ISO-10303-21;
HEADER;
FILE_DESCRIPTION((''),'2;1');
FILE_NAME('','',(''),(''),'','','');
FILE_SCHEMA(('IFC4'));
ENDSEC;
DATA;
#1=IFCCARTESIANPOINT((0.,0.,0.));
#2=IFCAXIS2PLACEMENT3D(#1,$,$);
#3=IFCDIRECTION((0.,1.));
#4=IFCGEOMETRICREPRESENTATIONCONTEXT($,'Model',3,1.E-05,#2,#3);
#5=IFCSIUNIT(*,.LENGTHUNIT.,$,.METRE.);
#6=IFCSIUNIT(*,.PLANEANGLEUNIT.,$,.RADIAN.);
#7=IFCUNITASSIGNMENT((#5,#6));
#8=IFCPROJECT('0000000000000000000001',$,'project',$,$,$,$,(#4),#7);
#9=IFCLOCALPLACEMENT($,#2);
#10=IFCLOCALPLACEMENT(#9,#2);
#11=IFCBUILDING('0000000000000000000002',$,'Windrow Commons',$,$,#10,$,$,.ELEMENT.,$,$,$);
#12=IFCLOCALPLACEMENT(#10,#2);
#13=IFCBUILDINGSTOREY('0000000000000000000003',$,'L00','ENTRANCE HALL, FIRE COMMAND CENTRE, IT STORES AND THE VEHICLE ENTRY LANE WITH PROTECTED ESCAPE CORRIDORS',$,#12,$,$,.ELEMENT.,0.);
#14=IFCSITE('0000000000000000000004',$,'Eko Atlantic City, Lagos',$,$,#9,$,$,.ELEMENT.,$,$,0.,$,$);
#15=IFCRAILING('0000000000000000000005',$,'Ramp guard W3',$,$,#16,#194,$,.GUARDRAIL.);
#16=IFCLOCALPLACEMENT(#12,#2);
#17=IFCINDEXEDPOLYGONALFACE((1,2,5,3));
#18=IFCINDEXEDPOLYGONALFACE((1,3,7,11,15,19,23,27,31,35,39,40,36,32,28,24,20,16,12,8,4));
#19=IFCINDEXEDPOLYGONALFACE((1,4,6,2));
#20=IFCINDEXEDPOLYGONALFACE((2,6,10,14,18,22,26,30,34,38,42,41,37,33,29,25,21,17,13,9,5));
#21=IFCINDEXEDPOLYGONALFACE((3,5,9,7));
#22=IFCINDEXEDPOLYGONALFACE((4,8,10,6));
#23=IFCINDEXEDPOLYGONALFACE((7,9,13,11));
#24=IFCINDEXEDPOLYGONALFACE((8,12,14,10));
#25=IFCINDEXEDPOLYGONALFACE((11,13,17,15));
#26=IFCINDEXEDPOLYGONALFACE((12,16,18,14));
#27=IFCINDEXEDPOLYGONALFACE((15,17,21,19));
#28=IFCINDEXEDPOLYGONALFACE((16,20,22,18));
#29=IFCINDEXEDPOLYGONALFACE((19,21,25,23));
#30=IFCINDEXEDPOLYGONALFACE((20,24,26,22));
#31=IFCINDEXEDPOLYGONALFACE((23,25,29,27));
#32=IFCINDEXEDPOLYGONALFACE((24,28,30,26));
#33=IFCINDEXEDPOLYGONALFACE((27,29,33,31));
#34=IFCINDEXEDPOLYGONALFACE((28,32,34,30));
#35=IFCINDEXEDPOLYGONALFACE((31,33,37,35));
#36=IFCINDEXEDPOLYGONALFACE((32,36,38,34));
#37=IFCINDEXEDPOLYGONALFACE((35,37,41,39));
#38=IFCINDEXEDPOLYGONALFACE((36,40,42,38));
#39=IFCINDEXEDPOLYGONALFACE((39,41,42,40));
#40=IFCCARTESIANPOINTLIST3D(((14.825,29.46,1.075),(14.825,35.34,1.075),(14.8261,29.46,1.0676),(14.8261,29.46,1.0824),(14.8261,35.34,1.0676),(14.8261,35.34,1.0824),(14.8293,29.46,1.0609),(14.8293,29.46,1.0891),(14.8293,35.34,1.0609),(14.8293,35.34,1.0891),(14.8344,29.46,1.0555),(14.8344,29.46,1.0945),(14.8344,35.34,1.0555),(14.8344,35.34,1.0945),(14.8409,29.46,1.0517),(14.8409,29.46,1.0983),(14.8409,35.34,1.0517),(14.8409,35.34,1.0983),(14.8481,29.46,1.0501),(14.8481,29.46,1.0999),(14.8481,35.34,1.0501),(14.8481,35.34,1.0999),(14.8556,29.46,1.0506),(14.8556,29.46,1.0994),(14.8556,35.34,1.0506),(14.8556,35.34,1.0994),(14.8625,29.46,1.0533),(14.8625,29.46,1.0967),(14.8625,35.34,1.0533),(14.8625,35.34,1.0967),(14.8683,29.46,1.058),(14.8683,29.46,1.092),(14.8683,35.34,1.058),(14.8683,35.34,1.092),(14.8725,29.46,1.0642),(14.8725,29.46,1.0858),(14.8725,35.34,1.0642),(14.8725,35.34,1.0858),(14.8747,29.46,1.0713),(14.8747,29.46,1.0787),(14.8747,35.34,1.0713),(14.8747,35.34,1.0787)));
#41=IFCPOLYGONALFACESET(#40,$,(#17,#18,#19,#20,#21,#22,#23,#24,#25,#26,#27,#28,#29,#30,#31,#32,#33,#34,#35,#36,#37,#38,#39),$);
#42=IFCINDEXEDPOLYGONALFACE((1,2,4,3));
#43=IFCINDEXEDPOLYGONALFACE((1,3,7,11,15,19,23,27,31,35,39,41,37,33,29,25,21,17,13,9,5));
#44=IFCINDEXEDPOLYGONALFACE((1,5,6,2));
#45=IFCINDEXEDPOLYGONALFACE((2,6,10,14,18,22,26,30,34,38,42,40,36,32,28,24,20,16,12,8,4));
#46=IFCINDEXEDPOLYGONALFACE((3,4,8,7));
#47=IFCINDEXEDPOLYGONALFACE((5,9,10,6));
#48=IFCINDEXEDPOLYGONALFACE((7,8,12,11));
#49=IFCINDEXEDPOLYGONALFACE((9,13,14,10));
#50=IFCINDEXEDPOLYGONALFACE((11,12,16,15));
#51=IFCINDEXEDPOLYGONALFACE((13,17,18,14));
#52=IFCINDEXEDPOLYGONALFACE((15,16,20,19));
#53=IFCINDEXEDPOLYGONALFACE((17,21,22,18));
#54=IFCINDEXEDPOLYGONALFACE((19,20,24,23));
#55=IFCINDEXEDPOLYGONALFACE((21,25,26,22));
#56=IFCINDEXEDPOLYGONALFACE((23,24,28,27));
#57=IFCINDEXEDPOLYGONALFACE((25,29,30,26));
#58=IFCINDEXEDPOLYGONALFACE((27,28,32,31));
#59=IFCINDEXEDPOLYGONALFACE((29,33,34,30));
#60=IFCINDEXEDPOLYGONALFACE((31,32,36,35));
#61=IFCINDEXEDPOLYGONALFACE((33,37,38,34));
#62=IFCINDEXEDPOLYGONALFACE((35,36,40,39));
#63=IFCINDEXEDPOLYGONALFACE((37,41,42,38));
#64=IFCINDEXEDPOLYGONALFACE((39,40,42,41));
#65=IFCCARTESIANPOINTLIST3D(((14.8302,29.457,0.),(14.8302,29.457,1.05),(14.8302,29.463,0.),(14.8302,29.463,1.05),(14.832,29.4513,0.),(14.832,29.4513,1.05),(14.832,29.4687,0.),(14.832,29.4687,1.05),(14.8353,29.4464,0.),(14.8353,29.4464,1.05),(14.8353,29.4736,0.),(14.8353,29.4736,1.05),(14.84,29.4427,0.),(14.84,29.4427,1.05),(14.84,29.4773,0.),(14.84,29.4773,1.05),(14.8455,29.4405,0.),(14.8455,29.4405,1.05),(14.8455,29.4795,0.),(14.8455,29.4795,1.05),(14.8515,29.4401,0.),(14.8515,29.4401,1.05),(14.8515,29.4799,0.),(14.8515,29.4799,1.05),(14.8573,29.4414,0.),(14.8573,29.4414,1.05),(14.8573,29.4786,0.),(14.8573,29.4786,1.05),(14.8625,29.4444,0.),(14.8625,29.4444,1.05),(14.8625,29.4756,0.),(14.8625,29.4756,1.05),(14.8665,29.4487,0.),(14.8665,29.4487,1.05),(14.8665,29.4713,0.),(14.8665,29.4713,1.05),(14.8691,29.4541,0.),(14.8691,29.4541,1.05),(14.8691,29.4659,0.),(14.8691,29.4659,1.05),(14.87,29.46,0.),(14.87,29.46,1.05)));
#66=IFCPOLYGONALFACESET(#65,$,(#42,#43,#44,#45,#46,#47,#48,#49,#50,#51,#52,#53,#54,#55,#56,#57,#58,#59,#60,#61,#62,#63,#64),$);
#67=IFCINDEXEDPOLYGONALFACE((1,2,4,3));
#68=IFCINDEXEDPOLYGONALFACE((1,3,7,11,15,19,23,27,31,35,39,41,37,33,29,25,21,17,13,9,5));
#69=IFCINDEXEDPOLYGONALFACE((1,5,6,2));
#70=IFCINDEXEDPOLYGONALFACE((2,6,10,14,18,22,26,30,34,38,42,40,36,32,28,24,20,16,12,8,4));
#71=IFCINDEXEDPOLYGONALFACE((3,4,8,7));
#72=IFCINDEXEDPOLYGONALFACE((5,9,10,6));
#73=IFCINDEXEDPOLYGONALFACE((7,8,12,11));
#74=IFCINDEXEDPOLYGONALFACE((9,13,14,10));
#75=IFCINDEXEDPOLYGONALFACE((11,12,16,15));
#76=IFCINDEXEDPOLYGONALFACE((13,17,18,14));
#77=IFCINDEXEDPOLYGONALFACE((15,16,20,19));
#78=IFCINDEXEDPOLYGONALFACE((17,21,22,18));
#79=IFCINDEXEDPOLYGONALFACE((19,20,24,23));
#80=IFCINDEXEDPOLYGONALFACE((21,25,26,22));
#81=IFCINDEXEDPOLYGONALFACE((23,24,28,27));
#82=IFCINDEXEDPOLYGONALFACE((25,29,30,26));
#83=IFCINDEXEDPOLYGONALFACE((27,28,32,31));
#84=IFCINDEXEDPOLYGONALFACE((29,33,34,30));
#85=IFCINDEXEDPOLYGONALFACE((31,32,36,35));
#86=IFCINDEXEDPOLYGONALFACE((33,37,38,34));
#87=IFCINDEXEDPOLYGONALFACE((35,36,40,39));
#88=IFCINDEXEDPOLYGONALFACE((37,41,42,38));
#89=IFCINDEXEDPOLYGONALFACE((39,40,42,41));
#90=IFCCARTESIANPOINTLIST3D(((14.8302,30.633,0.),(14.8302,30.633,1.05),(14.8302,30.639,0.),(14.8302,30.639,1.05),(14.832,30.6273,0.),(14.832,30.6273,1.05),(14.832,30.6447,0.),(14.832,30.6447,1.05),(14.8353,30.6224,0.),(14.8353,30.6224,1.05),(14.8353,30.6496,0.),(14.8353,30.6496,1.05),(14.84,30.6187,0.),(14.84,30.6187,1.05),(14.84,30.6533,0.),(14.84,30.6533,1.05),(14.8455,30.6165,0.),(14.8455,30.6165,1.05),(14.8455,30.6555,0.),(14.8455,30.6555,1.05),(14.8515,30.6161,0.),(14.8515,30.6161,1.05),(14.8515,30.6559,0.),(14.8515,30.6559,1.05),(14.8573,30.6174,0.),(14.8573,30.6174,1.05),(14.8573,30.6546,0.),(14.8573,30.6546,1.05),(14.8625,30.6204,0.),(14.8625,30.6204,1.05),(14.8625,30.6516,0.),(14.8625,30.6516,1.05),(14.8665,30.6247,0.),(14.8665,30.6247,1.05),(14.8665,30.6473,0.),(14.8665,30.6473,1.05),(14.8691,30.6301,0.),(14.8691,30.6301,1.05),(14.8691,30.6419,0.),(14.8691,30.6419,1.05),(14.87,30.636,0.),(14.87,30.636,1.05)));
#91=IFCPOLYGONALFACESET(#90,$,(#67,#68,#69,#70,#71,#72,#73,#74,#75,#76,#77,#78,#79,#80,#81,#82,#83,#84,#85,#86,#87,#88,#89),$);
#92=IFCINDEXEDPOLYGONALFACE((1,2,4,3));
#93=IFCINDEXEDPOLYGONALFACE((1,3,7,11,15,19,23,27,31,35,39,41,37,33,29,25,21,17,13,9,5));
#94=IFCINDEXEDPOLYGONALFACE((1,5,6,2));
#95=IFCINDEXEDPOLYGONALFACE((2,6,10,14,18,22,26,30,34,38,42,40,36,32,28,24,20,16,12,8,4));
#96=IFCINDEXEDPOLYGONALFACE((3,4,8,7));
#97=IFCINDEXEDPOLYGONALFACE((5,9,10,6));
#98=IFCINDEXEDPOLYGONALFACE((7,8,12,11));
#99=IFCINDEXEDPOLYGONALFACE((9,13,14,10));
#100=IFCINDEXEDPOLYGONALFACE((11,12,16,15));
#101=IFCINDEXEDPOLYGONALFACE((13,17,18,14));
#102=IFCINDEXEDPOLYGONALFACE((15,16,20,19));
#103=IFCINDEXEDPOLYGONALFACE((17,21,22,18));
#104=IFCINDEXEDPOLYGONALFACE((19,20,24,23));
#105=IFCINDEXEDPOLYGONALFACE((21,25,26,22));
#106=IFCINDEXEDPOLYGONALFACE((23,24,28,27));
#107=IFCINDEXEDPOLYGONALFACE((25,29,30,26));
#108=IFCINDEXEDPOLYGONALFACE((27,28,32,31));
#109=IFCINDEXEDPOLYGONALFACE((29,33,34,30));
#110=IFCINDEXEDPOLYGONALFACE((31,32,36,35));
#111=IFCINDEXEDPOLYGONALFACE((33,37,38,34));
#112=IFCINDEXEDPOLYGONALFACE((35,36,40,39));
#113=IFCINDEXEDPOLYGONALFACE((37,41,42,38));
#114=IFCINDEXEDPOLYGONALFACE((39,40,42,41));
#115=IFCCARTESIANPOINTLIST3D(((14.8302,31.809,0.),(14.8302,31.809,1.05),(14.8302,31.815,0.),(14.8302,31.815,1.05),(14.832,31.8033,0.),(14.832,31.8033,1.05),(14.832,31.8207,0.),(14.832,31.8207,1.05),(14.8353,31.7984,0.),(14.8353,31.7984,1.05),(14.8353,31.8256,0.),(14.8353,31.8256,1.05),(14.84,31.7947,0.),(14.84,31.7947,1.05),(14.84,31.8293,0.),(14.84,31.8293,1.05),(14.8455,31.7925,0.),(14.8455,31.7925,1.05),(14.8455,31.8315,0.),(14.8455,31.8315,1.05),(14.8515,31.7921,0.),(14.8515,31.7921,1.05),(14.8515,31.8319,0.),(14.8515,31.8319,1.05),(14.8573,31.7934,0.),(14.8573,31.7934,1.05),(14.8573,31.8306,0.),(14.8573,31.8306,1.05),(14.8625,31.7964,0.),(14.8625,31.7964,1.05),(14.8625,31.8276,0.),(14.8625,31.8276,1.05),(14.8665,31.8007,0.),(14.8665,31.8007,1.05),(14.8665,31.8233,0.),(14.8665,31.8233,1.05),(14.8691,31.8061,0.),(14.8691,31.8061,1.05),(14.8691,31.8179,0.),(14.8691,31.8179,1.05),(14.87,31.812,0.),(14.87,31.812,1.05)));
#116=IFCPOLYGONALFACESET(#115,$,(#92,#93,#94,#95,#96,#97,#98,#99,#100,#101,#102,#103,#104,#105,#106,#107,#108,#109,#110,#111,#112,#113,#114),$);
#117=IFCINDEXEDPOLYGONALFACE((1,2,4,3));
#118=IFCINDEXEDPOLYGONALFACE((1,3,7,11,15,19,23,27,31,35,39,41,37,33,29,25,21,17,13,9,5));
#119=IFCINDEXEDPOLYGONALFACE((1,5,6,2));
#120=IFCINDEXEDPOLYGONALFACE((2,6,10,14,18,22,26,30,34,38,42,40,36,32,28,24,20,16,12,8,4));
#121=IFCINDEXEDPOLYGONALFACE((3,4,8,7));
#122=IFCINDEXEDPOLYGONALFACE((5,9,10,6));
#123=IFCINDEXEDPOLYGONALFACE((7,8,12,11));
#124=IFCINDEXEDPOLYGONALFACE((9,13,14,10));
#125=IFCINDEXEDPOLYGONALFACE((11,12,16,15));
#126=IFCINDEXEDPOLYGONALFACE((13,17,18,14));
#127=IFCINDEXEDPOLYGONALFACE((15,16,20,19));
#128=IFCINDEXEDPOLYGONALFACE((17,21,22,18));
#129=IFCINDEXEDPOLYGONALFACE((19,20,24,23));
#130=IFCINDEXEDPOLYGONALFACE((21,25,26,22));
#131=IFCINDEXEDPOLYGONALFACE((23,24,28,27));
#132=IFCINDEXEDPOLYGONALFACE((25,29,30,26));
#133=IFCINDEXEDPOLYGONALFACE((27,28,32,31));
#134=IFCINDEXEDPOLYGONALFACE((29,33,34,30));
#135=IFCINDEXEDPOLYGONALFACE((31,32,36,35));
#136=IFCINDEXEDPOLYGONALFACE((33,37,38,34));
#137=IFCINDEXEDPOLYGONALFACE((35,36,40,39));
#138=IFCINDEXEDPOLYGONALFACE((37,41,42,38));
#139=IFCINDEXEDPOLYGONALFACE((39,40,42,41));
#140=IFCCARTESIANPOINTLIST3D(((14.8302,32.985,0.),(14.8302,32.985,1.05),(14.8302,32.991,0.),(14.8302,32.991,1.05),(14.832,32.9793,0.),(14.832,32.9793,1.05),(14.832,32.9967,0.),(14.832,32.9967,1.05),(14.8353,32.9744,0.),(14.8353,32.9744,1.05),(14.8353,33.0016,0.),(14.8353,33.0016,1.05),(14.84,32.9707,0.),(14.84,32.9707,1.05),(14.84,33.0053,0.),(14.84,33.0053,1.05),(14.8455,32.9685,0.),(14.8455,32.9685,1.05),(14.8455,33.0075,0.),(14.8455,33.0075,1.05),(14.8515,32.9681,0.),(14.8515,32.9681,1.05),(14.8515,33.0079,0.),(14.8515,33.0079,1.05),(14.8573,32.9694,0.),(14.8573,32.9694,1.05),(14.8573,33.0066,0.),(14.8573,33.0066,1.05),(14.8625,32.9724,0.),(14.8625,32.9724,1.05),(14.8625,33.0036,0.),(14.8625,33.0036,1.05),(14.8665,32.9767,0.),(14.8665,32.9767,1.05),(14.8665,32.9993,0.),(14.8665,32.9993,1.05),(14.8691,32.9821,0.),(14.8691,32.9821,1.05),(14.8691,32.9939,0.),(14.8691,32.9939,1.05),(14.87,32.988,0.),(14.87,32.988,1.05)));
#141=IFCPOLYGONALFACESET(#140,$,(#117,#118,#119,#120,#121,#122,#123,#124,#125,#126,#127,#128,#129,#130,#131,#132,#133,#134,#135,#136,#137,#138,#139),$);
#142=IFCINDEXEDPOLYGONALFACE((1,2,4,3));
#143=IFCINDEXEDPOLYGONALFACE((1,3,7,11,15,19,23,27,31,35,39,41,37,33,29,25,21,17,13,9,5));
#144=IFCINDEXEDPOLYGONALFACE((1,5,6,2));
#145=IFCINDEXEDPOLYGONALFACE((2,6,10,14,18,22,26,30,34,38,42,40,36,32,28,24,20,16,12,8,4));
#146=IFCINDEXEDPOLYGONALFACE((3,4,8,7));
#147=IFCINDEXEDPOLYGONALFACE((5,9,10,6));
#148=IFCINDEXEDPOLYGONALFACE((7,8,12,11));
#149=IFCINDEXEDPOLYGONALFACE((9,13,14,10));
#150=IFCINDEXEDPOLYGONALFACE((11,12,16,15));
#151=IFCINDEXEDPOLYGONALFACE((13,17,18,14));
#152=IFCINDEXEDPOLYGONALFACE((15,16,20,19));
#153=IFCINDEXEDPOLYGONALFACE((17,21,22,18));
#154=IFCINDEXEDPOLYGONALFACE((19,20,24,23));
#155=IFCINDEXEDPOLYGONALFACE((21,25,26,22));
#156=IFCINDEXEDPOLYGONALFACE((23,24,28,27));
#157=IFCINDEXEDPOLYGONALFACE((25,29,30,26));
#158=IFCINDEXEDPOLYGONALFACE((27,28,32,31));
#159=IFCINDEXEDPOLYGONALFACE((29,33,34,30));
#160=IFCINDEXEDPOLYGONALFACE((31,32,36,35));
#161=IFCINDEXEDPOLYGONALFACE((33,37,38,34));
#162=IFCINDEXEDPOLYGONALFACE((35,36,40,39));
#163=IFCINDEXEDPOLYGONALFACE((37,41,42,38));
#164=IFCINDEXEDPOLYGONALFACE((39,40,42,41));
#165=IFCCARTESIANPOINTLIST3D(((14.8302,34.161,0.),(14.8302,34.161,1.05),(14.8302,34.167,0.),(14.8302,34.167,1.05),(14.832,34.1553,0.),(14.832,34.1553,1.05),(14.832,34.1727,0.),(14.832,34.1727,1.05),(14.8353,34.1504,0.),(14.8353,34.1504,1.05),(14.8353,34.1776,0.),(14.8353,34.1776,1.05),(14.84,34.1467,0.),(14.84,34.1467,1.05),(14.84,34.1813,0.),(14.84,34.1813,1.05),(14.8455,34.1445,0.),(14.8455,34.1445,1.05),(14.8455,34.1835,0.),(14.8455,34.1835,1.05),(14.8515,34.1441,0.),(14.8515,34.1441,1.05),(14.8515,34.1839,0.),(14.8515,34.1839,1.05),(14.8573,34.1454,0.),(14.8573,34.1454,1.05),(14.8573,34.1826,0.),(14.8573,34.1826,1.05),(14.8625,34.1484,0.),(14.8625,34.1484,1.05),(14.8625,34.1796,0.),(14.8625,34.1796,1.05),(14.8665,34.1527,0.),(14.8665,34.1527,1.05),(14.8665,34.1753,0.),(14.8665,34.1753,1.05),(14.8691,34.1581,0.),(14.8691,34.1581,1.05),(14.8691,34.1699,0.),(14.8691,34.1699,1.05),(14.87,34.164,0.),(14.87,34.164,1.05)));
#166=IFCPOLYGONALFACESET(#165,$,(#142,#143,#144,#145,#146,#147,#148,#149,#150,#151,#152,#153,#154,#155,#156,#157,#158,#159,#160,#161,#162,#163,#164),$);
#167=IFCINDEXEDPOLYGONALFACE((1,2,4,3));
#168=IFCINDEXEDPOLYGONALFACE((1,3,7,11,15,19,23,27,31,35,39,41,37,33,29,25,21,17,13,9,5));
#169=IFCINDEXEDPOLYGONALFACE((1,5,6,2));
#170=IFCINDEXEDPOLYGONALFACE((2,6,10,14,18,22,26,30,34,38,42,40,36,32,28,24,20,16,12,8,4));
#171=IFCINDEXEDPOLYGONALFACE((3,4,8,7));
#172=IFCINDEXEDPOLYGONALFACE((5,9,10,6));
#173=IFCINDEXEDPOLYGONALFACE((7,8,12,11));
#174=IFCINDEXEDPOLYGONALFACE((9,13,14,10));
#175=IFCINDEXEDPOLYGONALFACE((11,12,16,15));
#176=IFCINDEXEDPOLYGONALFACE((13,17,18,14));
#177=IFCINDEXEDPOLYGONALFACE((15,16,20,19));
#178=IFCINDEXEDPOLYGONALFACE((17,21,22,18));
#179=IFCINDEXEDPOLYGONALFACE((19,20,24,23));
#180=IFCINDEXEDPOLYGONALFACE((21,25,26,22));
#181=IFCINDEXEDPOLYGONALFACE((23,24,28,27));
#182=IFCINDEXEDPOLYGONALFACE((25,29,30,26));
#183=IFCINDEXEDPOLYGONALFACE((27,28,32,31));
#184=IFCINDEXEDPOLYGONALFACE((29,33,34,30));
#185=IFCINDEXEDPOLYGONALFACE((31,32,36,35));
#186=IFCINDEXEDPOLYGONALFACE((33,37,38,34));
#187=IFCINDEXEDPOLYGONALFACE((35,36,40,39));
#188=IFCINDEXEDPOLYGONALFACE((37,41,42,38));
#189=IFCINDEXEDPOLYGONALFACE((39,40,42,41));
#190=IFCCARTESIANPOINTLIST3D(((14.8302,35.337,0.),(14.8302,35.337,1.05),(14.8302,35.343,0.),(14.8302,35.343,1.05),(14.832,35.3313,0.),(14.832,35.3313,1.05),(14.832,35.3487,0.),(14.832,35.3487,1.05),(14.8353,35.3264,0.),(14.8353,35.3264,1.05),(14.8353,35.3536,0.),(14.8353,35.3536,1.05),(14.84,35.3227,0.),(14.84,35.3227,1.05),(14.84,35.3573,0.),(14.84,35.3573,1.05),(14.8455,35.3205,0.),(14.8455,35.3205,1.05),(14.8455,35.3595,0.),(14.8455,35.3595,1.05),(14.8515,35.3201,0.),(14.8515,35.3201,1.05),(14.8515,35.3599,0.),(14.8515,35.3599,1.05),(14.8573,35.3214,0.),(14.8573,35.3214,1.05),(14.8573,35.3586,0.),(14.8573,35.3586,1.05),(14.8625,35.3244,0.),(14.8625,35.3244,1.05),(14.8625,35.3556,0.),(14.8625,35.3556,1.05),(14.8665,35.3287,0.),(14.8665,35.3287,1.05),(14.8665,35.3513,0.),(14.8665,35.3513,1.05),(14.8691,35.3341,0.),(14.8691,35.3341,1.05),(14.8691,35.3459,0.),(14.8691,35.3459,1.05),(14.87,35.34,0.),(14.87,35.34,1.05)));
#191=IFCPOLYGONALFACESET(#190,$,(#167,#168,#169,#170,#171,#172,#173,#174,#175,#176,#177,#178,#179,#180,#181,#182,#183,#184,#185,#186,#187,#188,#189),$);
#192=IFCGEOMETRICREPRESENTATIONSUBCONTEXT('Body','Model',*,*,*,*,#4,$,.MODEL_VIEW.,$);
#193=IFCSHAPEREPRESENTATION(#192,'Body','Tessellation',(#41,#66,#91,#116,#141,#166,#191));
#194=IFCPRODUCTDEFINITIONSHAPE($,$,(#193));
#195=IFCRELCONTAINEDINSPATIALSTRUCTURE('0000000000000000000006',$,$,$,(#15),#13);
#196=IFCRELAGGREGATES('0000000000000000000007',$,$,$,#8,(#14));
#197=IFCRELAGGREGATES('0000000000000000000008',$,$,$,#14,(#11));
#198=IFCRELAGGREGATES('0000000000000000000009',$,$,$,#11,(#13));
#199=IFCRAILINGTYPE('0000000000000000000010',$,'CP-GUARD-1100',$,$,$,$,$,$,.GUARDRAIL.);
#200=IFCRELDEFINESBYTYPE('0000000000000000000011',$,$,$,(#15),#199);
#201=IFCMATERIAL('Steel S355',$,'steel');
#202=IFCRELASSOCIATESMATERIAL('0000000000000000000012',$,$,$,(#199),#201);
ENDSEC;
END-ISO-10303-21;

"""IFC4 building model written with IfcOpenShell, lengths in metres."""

from ifc_helpers import new_model, si_unit, direction, frame, origin, origin_2d, place, context, subcontext, project, spatial, circle, extrude, material, type_object, element, save


model = new_model("IFC4")

# Units and contexts
model_context = context("Model", 3, precision=1e-05, world=origin(), true_north=direction((0.0, 1.0)))
body_context = subcontext(model_context, "Body", "Model", "MODEL_VIEW")
ifc_project = project(units=[si_unit("LENGTHUNIT", "METRE"), si_unit("PLANEANGLEUNIT", "RADIAN")], contexts=[model_context])

# Site, building, storey
site_placement = place(None, origin())
site = spatial("IfcSite", under=ifc_project, at=site_placement, Name="Eko Atlantic City, Lagos", CompositionType="ELEMENT", RefElevation=0.0)
building_placement = place(site_placement, origin())
building = spatial("IfcBuilding", under=site, at=building_placement, Name="Windrow Commons", CompositionType="ELEMENT")
storey_placement = place(building_placement, origin())
storey = spatial("IfcBuildingStorey", under=building, at=storey_placement, Name="L00", Description="ENTRANCE HALL, FIRE COMMAND CENTRE, IT STORES AND THE VEHICLE ENTRY LANE WITH PROTECTED ESCAPE CORRIDORS", CompositionType="ELEMENT", Elevation=0.0)

# Railing
ifc_material_1 = material(Name="Steel S355", Category="steel")
railing_type_1 = type_object("IfcRailingType", Name="CP-GUARD-1100", PredefinedType="GUARDRAIL", material=ifc_material_1)
for number, where, name in (
    (1, (14.85, 29.46, 0.0), "Ramp guard W3"),
):
    element("IfcRailing", number, at=place(storey_placement, frame(where)), inside=storey, type_object=railing_type_1, Name=name, PredefinedType="GUARDRAIL", context=body_context, shape_type="SweptSolid", body=[
        extrude(circle(Radius=0.025, at=origin_2d()), frame((0.0, 0.0, 1.075), z_axis=(0.0, 1.0, 0.0), x_axis=(-1.0, 0.0, 0.0)), (0.0, 0.0, 1.0), 5.88),
        extrude(circle(Radius=0.02, at=origin_2d()), origin(), (0.0, 0.0, 1.0), 1.05),
        extrude(circle(Radius=0.02, at=origin_2d()), frame((0.0, 1.176, 0.0)), (0.0, 0.0, 1.0), 1.05),
        extrude(circle(Radius=0.02, at=origin_2d()), frame((0.0, 2.352, 0.0)), (0.0, 0.0, 1.0), 1.05),
        extrude(circle(Radius=0.02, at=origin_2d()), frame((0.0, 3.528, 0.0)), (0.0, 0.0, 1.0), 1.05),
        extrude(circle(Radius=0.02, at=origin_2d()), frame((0.0, 4.704, 0.0)), (0.0, 0.0, 1.0), 1.05),
        extrude(circle(Radius=0.02, at=origin_2d()), frame((0.0, 5.88, 0.0)), (0.0, 0.0, 1.0), 1.05),
    ])

save(model, "model.ifc")
